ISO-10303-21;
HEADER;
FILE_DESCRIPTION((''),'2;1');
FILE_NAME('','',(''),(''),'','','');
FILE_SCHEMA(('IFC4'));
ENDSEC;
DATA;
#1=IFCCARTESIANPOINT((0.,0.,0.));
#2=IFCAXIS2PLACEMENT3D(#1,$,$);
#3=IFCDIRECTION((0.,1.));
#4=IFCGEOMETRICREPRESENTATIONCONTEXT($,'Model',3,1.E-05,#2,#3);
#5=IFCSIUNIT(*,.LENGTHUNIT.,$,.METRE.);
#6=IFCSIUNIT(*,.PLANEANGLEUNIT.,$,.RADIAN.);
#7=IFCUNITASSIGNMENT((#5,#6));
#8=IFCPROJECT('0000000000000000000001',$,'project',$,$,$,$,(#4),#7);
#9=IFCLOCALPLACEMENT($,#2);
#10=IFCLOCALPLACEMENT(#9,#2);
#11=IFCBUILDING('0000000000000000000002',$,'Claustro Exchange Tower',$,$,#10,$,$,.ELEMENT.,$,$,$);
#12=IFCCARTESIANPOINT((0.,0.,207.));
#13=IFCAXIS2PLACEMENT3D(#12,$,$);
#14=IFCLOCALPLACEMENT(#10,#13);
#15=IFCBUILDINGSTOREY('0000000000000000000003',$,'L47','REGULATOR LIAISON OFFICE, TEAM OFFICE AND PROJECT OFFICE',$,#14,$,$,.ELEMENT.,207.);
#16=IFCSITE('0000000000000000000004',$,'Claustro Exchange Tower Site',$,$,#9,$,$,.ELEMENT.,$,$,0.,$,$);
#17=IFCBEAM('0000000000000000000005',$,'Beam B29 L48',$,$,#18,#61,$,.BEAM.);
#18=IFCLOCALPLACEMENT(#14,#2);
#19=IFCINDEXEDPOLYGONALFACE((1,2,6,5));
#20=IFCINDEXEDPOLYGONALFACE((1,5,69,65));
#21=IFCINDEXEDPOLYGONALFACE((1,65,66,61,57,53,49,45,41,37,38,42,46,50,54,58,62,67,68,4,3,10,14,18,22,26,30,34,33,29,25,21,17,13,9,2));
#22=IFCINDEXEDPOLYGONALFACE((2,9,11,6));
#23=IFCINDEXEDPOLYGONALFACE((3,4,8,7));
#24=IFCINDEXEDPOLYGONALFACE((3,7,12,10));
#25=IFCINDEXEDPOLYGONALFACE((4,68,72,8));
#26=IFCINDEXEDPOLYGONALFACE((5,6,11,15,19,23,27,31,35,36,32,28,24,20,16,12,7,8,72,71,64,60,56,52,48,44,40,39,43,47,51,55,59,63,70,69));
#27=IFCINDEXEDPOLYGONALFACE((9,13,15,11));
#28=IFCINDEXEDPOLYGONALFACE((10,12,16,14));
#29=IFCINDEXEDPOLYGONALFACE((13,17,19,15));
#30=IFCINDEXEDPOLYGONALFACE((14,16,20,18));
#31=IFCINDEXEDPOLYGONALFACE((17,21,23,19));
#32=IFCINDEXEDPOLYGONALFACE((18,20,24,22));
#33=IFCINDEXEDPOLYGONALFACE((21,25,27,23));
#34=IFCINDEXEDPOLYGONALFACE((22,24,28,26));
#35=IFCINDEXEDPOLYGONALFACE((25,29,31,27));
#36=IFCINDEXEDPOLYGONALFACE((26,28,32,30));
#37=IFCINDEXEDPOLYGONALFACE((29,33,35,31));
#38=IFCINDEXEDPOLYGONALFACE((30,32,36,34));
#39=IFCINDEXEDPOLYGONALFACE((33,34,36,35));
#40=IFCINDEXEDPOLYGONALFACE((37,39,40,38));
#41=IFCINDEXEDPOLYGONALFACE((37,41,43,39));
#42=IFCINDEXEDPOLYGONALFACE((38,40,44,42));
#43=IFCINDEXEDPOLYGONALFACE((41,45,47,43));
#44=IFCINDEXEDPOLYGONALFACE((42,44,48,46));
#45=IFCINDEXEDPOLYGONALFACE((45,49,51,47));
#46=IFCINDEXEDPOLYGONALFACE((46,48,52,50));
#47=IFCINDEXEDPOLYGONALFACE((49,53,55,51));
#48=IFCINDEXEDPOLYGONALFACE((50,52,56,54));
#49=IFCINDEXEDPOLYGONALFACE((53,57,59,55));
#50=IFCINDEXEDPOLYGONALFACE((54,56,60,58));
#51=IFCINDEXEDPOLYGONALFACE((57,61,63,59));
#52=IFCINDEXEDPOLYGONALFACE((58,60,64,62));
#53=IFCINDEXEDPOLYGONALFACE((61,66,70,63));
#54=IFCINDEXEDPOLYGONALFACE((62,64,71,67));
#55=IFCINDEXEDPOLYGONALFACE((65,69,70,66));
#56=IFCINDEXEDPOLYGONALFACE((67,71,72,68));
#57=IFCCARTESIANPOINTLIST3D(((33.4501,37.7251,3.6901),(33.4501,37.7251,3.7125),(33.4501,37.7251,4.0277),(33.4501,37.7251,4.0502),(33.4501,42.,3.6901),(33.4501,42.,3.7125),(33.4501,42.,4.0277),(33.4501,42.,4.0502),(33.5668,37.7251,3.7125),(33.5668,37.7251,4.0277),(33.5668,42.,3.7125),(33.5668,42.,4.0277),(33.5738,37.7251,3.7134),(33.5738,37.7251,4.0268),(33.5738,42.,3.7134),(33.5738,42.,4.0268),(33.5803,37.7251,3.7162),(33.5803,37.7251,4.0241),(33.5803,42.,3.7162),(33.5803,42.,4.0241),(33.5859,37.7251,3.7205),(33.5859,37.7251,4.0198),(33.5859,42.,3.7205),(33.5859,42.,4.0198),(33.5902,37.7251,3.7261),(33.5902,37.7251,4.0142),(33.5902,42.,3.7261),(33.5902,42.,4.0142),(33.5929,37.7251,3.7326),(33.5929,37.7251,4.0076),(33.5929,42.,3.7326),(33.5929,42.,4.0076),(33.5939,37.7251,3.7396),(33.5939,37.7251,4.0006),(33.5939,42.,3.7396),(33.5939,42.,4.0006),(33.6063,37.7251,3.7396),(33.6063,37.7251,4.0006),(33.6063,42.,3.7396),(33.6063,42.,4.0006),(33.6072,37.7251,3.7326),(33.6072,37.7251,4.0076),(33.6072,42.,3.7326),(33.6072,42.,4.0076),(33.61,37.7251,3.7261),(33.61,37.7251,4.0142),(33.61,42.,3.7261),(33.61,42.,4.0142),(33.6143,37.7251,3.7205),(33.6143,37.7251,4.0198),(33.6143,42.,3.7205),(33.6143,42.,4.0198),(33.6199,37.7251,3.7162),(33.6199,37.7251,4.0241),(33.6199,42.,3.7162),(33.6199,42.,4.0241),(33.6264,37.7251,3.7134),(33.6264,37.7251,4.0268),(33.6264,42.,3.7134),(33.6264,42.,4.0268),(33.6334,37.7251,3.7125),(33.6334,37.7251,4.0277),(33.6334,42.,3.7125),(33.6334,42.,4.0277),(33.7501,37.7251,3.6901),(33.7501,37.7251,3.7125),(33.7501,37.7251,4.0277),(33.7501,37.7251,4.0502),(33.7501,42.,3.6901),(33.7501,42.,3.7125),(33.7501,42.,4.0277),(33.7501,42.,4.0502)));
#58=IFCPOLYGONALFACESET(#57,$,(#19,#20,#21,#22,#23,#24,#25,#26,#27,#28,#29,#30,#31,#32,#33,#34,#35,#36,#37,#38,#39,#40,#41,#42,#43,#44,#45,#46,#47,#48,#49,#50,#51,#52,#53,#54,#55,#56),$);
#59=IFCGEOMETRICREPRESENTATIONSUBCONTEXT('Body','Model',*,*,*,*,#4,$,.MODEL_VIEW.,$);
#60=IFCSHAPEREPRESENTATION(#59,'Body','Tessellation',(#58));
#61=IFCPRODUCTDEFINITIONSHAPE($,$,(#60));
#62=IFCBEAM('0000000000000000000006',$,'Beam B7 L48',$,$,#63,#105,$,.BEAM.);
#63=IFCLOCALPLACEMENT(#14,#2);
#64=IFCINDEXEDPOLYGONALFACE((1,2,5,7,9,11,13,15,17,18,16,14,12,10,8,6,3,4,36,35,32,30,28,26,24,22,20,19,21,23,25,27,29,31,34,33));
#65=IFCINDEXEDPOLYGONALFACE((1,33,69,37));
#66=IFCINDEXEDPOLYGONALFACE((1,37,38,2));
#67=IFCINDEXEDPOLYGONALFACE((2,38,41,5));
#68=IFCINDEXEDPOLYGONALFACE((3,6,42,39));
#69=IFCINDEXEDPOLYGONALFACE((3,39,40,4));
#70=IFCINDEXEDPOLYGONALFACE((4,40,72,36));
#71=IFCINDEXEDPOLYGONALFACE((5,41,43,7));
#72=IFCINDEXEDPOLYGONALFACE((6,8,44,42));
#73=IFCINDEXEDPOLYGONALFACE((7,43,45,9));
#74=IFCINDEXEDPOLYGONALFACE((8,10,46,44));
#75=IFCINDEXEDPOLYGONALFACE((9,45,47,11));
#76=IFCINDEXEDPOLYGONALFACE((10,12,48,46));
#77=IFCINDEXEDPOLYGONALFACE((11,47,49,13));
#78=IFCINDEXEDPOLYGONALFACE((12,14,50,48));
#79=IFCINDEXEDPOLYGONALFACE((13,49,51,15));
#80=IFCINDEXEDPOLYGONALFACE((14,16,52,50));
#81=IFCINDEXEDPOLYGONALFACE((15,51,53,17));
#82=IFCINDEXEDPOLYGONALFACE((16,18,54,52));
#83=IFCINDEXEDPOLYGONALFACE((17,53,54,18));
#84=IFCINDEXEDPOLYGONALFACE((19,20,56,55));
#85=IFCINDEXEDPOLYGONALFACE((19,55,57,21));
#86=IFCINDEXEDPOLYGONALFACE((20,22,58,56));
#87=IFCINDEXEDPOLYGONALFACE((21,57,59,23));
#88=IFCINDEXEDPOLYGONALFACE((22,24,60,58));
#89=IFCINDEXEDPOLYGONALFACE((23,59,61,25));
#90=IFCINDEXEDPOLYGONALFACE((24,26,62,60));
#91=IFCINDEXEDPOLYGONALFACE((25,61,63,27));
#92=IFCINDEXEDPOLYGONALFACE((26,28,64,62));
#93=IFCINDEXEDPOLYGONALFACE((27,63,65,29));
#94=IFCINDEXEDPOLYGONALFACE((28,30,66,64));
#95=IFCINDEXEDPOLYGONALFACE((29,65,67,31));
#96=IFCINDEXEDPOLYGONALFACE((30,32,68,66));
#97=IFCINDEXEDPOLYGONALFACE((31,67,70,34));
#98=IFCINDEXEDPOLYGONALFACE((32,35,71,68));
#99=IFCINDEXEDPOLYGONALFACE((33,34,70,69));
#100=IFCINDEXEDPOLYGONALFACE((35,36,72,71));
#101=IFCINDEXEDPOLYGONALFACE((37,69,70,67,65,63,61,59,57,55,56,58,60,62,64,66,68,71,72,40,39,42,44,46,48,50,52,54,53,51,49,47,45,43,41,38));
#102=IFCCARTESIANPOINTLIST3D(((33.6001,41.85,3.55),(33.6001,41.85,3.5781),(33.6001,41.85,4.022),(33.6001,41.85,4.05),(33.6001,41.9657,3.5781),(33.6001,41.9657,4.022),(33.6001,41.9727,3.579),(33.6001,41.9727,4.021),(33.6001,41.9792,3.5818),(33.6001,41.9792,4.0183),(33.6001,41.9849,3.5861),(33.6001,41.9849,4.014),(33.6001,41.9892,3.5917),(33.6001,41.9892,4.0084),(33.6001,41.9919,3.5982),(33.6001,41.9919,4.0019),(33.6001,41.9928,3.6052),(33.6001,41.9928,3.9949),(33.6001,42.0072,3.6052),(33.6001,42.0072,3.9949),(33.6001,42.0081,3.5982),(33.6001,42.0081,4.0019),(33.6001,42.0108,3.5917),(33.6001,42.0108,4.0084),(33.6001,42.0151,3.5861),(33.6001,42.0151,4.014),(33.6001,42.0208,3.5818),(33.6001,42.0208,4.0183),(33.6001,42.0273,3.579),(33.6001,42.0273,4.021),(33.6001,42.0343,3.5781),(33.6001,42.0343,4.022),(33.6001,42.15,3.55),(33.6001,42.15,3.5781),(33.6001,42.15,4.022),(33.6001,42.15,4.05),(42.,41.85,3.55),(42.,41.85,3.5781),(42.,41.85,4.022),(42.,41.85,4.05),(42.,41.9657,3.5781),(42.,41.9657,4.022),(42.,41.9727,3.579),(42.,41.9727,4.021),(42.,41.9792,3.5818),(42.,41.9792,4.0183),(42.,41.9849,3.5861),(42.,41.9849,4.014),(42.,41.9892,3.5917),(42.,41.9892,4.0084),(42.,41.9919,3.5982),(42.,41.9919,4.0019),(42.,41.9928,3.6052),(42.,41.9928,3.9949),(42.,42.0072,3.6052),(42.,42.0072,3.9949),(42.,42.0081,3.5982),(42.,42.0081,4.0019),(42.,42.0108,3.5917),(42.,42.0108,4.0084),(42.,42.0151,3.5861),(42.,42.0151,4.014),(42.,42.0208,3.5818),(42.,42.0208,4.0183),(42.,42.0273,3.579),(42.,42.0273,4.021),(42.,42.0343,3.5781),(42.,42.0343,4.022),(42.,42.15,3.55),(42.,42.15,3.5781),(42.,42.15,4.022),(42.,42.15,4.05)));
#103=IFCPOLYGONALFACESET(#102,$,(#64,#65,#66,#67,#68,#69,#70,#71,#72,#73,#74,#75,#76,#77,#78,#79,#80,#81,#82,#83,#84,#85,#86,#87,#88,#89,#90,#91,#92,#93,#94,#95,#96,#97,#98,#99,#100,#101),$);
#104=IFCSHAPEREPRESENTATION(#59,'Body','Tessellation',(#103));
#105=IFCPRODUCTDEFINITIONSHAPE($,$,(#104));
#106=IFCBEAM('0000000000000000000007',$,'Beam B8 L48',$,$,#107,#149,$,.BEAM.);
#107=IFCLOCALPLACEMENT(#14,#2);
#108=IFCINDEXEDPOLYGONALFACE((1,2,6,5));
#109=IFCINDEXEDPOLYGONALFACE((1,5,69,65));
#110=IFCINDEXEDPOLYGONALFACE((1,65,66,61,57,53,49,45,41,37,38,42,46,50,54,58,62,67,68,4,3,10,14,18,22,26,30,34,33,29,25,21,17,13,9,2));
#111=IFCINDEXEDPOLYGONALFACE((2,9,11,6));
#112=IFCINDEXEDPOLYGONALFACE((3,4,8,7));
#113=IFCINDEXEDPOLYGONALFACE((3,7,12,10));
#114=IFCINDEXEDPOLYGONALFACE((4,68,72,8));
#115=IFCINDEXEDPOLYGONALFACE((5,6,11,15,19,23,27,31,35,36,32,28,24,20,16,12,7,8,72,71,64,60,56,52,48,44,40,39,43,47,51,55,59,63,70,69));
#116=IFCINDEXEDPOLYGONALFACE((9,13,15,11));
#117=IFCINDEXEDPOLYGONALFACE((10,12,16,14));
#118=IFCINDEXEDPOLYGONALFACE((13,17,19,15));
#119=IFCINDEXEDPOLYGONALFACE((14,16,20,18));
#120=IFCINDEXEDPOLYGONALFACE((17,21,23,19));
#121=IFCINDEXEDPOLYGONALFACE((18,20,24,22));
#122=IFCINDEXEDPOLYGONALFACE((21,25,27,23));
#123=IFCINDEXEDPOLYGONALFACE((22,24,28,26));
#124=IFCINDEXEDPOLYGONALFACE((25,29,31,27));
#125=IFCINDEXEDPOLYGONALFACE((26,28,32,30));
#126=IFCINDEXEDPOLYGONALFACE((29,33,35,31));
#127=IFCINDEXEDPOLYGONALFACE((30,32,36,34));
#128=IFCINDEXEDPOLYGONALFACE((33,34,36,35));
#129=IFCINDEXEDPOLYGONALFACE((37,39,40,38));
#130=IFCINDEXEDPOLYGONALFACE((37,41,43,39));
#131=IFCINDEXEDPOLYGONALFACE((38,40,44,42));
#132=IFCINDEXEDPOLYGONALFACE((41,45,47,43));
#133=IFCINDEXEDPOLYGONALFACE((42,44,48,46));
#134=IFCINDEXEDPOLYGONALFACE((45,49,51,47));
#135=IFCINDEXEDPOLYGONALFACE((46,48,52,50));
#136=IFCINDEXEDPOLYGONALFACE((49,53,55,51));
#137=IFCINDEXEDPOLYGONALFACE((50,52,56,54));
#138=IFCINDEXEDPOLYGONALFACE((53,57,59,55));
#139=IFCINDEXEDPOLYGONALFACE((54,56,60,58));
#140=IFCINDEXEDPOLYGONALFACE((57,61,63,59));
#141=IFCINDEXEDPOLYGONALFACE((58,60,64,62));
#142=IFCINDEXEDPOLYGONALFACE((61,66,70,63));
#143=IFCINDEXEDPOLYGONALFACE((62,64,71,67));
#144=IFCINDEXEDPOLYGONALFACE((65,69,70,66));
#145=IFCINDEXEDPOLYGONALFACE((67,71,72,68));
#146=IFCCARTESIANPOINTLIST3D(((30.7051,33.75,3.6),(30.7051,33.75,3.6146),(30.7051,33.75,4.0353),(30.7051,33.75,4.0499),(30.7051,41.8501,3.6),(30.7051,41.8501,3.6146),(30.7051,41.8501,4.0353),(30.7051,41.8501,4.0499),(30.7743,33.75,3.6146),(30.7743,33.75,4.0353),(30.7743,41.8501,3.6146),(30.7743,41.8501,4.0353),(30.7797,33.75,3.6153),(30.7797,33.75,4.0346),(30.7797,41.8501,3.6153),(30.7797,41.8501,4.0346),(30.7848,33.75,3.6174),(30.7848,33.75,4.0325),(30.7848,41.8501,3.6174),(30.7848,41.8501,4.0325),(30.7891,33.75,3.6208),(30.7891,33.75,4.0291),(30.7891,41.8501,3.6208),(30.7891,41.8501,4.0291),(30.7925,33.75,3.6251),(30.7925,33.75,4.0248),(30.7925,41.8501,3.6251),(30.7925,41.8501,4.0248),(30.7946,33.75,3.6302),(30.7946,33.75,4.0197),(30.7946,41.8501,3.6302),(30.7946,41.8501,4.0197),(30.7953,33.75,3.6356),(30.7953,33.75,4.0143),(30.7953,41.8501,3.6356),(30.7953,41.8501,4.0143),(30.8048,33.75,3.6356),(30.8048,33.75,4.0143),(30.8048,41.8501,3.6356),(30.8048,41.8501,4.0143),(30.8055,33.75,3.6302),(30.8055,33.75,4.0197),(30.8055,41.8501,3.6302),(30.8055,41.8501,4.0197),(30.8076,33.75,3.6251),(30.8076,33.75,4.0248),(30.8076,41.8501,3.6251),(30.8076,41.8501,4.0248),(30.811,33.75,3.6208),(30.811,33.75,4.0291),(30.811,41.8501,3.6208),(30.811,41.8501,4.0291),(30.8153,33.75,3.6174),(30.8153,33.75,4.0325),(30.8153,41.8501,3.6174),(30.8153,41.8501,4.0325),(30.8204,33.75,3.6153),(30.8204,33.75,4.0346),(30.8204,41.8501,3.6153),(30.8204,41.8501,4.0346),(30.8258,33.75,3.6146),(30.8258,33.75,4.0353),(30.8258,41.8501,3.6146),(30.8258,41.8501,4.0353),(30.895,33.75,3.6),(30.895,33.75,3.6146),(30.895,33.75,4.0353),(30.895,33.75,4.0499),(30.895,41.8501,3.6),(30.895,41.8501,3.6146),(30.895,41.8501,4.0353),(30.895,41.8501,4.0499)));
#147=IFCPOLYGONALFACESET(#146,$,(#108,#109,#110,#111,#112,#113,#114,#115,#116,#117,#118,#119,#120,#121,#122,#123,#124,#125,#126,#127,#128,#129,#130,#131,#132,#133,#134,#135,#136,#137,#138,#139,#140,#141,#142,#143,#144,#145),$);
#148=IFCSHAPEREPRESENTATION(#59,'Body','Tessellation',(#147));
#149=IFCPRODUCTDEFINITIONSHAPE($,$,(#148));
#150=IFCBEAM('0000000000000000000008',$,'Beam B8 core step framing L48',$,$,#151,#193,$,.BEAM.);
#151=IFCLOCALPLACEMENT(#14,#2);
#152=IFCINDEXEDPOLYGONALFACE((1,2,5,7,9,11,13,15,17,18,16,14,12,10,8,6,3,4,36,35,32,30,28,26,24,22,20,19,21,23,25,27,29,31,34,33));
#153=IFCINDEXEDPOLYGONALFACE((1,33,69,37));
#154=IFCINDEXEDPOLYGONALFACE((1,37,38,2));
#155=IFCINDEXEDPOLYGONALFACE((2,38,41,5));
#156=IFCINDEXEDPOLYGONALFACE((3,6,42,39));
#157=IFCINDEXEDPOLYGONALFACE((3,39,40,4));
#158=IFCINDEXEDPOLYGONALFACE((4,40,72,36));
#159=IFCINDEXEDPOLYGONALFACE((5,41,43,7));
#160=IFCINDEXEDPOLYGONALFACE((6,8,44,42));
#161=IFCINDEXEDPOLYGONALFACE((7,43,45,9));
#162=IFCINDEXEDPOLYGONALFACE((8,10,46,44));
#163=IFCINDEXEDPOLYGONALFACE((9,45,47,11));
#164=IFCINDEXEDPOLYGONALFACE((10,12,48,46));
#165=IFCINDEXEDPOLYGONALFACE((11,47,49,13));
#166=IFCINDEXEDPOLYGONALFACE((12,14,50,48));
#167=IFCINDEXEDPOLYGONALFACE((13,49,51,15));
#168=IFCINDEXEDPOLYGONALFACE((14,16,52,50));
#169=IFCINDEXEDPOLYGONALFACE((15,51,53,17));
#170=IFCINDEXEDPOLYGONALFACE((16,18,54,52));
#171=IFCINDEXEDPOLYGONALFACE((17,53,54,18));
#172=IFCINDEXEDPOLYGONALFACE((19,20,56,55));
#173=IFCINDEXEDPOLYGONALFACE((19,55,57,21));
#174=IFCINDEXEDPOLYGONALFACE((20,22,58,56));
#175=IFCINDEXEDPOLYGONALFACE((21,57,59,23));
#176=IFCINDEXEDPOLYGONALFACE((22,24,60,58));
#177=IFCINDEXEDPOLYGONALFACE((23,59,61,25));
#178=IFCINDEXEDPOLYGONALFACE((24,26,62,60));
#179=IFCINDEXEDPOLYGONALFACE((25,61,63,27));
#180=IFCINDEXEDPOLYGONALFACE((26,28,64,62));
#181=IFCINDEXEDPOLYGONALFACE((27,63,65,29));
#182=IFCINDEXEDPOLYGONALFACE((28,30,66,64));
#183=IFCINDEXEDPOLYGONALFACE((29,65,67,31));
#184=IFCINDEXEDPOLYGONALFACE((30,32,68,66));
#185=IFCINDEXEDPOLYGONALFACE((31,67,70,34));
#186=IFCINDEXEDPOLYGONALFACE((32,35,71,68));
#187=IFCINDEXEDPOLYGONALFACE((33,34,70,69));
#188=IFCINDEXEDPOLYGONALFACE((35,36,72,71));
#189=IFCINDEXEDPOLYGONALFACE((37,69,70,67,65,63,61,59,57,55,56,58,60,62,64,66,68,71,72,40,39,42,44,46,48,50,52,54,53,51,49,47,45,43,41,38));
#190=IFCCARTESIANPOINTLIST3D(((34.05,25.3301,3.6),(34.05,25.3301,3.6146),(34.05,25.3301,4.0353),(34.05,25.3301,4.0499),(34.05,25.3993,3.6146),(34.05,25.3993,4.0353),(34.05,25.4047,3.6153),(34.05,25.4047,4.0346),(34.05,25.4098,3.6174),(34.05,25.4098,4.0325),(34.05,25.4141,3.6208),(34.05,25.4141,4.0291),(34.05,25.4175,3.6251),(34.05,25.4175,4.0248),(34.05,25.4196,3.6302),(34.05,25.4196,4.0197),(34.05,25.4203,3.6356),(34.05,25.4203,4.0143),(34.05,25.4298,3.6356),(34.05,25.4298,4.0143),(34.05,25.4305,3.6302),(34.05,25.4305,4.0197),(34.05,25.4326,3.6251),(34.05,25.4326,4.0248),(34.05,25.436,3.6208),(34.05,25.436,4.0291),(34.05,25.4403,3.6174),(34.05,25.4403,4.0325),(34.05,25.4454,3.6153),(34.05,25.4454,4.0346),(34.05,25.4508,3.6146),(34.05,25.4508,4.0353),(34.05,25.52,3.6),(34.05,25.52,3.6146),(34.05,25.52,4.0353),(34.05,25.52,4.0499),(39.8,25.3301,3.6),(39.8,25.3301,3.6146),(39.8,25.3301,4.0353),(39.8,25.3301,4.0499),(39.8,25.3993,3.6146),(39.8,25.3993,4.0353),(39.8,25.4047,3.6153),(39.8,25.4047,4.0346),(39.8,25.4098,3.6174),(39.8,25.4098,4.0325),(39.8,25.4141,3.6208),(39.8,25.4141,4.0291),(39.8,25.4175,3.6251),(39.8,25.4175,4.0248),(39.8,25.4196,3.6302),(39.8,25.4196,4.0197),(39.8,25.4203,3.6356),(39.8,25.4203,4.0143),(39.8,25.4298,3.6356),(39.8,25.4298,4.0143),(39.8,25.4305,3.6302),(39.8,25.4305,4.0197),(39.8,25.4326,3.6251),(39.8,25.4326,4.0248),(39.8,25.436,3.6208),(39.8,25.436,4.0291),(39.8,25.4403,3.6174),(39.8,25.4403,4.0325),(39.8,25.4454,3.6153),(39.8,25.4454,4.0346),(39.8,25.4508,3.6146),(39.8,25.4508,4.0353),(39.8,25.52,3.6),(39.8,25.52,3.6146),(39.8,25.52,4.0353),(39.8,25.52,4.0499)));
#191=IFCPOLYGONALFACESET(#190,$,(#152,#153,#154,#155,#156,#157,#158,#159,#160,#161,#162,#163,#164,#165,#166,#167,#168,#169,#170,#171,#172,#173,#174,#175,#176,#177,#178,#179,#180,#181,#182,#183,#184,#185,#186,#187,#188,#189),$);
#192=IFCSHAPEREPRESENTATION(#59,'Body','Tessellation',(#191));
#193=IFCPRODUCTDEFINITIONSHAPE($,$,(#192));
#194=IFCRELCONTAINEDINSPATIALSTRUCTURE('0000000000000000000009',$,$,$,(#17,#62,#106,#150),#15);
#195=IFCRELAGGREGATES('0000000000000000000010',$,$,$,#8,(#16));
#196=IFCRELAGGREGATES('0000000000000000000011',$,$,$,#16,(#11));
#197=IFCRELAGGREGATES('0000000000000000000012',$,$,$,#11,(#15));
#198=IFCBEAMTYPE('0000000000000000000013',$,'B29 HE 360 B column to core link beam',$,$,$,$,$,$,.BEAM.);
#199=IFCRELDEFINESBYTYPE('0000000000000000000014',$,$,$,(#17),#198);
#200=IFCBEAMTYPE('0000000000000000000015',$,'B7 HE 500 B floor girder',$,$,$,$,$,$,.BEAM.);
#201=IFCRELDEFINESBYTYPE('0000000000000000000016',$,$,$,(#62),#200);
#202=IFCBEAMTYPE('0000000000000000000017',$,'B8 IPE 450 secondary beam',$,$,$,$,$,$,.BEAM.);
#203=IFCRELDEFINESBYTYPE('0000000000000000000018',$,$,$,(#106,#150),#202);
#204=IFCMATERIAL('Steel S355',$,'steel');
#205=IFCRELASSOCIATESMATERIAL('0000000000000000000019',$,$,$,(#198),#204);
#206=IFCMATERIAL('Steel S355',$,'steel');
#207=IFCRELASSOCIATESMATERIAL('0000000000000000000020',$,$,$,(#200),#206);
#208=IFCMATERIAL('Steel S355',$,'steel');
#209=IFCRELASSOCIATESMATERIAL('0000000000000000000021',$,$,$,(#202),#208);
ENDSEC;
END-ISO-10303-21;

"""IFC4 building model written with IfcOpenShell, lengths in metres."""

from ifc_helpers import new_model, si_unit, direction, frame, origin, origin_2d, place, context, subcontext, project, spatial, i_section, extrude, material, material_profile, profile_set, type_object, element, save


model = new_model("IFC4")

# Units and contexts
model_context = context("Model", 3, precision=1e-05, world=origin(), true_north=direction((0.0, 1.0)))
body_context = subcontext(model_context, "Body", "Model", "MODEL_VIEW")
ifc_project = project(units=[si_unit("LENGTHUNIT", "METRE"), si_unit("PLANEANGLEUNIT", "RADIAN")], contexts=[model_context])

# Site, building, storey
site_placement = place(None, origin())
site = spatial("IfcSite", under=ifc_project, at=site_placement, Name="Claustro Exchange Tower Site", CompositionType="ELEMENT", RefElevation=0.0)
building_placement = place(site_placement, origin())
building = spatial("IfcBuilding", under=site, at=building_placement, Name="Claustro Exchange Tower", CompositionType="ELEMENT")
storey_placement = place(building_placement, frame((0.0, 0.0, 207.0)))
storey = spatial("IfcBuildingStorey", under=building, at=storey_placement, Name="L47", Description="REGULATOR LIAISON OFFICE, TEAM OFFICE AND PROJECT OFFICE", CompositionType="ELEMENT", Elevation=207.0)

# Beams
ifc_material_1 = material(Name="Steel S355", Category="steel")
ifc_material_profile_1 = material_profile(ifc_material_1, i_section(OverallWidth=0.3, OverallDepth=0.3601, WebThickness=0.0125, FlangeThickness=0.0225, FilletRadius=0.0271, at=origin_2d()), Name="HE 360 B")
ifc_profile_set_1 = profile_set([ifc_material_profile_1], Name="Steel S355")
beam_type_1 = type_object("IfcBeamType", Name="B29 HE 360 B column to core link beam", PredefinedType="BEAM", material=ifc_profile_set_1)
beam_1_placement = place(storey_placement, frame((33.6001, 37.7251, 3.8701), z_axis=(0.0, 1.0, 0.0), x_axis=(-1.0, 0.0, 0.0)))
element("IfcBeam", 1, at=beam_1_placement, inside=storey, type_object=beam_type_1, Name="Beam B29 L48", PredefinedType="BEAM", context=body_context, shape_type="SweptSolid", body=[
    extrude(i_section(OverallWidth=0.3, OverallDepth=0.3601, WebThickness=0.0125, FlangeThickness=0.0225, FilletRadius=0.0271, at=origin_2d()), origin(), (0.0, 0.0, 1.0), 4.2749),
])
ifc_material_2 = material(Name="Steel S355", Category="steel")
ifc_material_profile_2 = material_profile(ifc_material_2, i_section(OverallWidth=0.3, OverallDepth=0.5, WebThickness=0.0144, FlangeThickness=0.0281, FilletRadius=0.0271, at=origin_2d()), Name="HE 500 B")
ifc_profile_set_2 = profile_set([ifc_material_profile_2], Name="Steel S355")
beam_type_2 = type_object("IfcBeamType", Name="B7 HE 500 B floor girder", PredefinedType="BEAM", material=ifc_profile_set_2)
beam_2_placement = place(storey_placement, frame((33.6001, 42.0, 3.8), z_axis=(1.0, 0.0, 0.0), x_axis=(0.0, 1.0, 0.0)))
element("IfcBeam", 2, at=beam_2_placement, inside=storey, type_object=beam_type_2, Name="Beam B7 L48", PredefinedType="BEAM", context=body_context, shape_type="SweptSolid", body=[
    extrude(i_section(OverallWidth=0.3, OverallDepth=0.5, WebThickness=0.0144, FlangeThickness=0.0281, FilletRadius=0.0271, at=origin_2d()), origin(), (0.0, 0.0, 1.0), 8.3999),
])
ifc_material_3 = material(Name="Steel S355", Category="steel")
ifc_material_profile_3 = material_profile(ifc_material_3, i_section(OverallWidth=0.1899, OverallDepth=0.45, WebThickness=0.0095, FlangeThickness=0.0146, FilletRadius=0.021, at=origin_2d()), Name="IPE 450")
ifc_profile_set_3 = profile_set([ifc_material_profile_3], Name="Steel S355")
beam_type_3 = type_object("IfcBeamType", Name="B8 IPE 450 secondary beam", PredefinedType="BEAM", material=ifc_profile_set_3)
beam_3_placement = place(storey_placement, frame((30.8, 33.75, 3.825), z_axis=(0.0, 1.0, 0.0), x_axis=(-1.0, 0.0, 0.0)))
element("IfcBeam", 3, at=beam_3_placement, inside=storey, type_object=beam_type_3, Name="Beam B8 L48", PredefinedType="BEAM", context=body_context, shape_type="SweptSolid", body=[
    extrude(i_section(OverallWidth=0.1899, OverallDepth=0.45, WebThickness=0.0095, FlangeThickness=0.0146, FilletRadius=0.021, at=origin_2d()), origin(), (0.0, 0.0, 1.0), 8.1001),
])
beam_4_placement = place(storey_placement, frame((34.05, 25.425, 3.825), z_axis=(1.0, 0.0, 0.0), x_axis=(0.0, 1.0, 0.0)))
element("IfcBeam", 4, at=beam_4_placement, inside=storey, type_object=beam_type_3, Name="Beam B8 core step framing L48", PredefinedType="BEAM", context=body_context, shape_type="SweptSolid", body=[
    extrude(i_section(OverallWidth=0.1899, OverallDepth=0.45, WebThickness=0.0095, FlangeThickness=0.0146, FilletRadius=0.021, at=origin_2d()), origin(), (0.0, 0.0, 1.0), 5.75),
])

save(model, "model.ifc")
